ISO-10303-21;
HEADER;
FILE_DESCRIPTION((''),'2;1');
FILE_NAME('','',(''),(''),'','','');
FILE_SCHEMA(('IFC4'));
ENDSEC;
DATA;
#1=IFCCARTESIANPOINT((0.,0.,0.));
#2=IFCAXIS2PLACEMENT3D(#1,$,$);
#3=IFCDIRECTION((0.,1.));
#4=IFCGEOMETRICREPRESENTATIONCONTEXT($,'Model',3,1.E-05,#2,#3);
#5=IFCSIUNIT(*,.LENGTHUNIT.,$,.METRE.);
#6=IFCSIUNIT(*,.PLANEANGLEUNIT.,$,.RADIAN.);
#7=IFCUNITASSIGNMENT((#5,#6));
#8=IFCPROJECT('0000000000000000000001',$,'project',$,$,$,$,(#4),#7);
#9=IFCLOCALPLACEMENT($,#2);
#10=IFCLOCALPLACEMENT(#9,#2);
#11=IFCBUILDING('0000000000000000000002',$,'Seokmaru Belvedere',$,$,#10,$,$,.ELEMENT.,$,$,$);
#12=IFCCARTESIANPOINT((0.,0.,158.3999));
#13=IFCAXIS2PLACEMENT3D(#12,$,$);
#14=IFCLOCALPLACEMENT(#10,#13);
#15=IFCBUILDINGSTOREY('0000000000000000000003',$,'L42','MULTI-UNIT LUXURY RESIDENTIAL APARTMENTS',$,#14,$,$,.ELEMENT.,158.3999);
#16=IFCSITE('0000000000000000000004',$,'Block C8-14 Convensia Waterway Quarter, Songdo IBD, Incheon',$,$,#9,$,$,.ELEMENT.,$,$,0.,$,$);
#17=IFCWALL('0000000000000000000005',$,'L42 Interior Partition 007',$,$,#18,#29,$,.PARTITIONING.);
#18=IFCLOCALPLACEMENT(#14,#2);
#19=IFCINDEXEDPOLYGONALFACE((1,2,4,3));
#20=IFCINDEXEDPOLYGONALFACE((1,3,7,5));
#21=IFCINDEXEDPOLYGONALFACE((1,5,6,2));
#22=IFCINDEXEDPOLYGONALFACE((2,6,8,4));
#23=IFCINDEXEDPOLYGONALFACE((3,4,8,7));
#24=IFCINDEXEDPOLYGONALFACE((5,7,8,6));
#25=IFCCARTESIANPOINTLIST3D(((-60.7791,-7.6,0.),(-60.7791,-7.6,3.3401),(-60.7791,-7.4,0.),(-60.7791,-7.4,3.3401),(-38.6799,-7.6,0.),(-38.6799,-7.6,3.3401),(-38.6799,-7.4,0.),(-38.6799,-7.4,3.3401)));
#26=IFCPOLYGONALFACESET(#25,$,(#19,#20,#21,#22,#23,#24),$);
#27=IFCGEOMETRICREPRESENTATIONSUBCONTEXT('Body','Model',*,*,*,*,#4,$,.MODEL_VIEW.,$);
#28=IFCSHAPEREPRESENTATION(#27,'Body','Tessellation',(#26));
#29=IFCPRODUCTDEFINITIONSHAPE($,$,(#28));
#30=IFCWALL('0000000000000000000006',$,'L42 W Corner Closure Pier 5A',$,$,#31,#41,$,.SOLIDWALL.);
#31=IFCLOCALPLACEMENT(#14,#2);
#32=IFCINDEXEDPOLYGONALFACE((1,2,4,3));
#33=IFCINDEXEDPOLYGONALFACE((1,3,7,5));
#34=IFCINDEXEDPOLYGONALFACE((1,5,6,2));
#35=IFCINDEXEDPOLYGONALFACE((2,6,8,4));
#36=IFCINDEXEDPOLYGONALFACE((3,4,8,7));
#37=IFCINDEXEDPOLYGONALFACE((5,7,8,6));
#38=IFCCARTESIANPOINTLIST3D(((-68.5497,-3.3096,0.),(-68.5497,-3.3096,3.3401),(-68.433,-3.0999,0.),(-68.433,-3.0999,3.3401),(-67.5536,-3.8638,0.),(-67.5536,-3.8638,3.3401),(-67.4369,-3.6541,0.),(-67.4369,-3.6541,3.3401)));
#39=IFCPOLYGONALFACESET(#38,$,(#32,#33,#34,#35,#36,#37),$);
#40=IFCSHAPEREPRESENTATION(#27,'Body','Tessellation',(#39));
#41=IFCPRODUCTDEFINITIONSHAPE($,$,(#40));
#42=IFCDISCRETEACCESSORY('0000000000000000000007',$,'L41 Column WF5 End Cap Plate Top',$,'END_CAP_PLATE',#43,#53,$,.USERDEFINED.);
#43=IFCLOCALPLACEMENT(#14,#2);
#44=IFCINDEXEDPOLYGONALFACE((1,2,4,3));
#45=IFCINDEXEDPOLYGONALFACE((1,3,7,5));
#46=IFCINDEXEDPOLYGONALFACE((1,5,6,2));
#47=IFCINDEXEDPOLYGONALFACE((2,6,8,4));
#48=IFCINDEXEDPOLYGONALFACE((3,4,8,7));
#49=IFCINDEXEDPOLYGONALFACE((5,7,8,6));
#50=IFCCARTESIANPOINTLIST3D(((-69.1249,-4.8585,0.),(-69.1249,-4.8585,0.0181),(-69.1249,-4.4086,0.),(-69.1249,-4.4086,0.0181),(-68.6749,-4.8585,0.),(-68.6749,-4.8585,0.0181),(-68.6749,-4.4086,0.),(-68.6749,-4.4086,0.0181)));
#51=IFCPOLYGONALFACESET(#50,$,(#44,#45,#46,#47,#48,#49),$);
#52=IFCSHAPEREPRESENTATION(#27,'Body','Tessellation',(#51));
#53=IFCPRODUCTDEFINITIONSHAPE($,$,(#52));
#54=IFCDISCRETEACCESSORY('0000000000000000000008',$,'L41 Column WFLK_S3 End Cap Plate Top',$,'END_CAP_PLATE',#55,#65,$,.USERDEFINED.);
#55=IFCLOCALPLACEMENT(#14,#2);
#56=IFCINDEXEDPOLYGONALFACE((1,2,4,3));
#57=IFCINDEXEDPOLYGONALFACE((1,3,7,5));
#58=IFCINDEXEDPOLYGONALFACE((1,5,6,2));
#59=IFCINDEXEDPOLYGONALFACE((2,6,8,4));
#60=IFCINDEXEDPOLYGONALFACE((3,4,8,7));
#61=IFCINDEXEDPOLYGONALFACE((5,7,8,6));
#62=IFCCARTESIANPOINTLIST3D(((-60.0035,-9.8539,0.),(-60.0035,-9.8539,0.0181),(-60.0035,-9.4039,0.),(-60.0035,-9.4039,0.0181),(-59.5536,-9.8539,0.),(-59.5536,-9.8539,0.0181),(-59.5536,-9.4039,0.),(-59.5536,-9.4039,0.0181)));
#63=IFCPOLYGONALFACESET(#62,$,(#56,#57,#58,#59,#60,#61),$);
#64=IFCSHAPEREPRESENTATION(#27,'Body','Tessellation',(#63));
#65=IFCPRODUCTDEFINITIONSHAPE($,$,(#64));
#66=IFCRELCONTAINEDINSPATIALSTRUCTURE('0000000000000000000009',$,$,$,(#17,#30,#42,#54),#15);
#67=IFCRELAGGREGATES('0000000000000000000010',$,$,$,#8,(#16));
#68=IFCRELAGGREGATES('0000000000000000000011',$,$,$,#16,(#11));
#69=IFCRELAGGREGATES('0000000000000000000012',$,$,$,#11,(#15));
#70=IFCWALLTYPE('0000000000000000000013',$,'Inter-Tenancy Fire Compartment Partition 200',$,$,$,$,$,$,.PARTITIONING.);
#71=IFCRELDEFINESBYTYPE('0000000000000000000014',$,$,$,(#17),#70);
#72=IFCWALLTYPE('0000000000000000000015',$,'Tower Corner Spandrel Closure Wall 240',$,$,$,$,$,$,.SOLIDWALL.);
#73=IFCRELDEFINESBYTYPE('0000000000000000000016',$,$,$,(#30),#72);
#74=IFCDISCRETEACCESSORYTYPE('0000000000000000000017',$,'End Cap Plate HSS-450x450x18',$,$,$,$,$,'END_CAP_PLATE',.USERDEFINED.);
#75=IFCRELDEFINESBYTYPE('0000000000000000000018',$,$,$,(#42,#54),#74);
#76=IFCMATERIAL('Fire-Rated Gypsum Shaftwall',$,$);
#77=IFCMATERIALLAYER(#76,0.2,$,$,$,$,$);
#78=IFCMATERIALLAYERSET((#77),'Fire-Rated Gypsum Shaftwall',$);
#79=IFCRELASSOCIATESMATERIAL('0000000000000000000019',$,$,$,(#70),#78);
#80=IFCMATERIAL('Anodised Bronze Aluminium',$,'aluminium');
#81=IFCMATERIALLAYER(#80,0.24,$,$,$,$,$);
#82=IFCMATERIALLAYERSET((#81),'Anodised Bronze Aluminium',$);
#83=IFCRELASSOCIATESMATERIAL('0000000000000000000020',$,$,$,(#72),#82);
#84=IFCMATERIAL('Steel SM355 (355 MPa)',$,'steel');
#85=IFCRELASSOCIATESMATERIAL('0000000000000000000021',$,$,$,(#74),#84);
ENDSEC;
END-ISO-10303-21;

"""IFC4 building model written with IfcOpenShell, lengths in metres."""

from ifc_helpers import new_model, si_unit, direction, frame, frame_2d, origin, origin_2d, place, context, subcontext, project, spatial, rectangle, extrude, source, transform, mapped, material, layer, layer_set, type_object, type_shapes, element, save


model = new_model("IFC4")

# Units and contexts
model_context = context("Model", 3, precision=1e-05, world=origin(), true_north=direction((0.0, 1.0)))
body_context = subcontext(model_context, "Body", "Model", "MODEL_VIEW")
ifc_project = project(units=[si_unit("LENGTHUNIT", "METRE"), si_unit("PLANEANGLEUNIT", "RADIAN")], contexts=[model_context])

# Site, building, storey
site_placement = place(None, origin())
site = spatial("IfcSite", under=ifc_project, at=site_placement, Name="Block C8-14 Convensia Waterway Quarter, Songdo IBD, Incheon", CompositionType="ELEMENT", RefElevation=0.0)
building_placement = place(site_placement, origin())
building = spatial("IfcBuilding", under=site, at=building_placement, Name="Seokmaru Belvedere", CompositionType="ELEMENT")
storey_placement = place(building_placement, frame((0.0, 0.0, 158.3999)))
storey = spatial("IfcBuildingStorey", under=building, at=storey_placement, Name="L42", Description="MULTI-UNIT LUXURY RESIDENTIAL APARTMENTS", CompositionType="ELEMENT", Elevation=158.3999)

# Shared definitions
ifc_material_1 = material(Name="Steel SM355 (355 MPa)", Category="steel")

# Shared definitions
ifc_material_2 = material(Name="Anodised Bronze Aluminium", Category="aluminium")

# Shared definitions
ifc_material_3 = material(Name="Fire-Rated Gypsum Shaftwall")

# Walls
ifc_layer_1 = layer(ifc_material_3, 0.2)
ifc_layer_set_1 = layer_set([ifc_layer_1], Name="Fire-Rated Gypsum Shaftwall")
wall_type_1 = type_object("IfcWallType", Name="Inter-Tenancy Fire Compartment Partition 200", PredefinedType="PARTITIONING", material=ifc_layer_set_1)
wall_1_placement = place(storey_placement, frame((-60.7791, -7.5, 0.0), z_axis=(0.0, 0.0, 1.0), x_axis=(1.0, 0.0, 0.0)))
element("IfcWall", 1, at=wall_1_placement, inside=storey, type_object=wall_type_1, Name="L42 Interior Partition 007", PredefinedType="PARTITIONING", context=body_context, shape_type="SweptSolid", body=[
    extrude(rectangle(XDim=22.0991, YDim=0.2, at=frame_2d((11.0496, 0.0))), origin(), (0.0, 0.0, 1.0), 3.3401),
])
ifc_layer_2 = layer(ifc_material_2, 0.24)
ifc_layer_set_2 = layer_set([ifc_layer_2], Name="Anodised Bronze Aluminium")
wall_type_2 = type_object("IfcWallType", Name="Tower Corner Spandrel Closure Wall 240", PredefinedType="SOLIDWALL", material=ifc_layer_set_2)
wall_2_placement = place(storey_placement, frame((-68.4912, -3.2048, 0.0), z_axis=(0.0, 0.0, 1.0), x_axis=(0.873854, -0.486188, 0.0)))
element("IfcWall", 2, at=wall_2_placement, inside=storey, type_object=wall_type_2, Name="L42 W Corner Closure Pier 5A", PredefinedType="SOLIDWALL", context=body_context, shape_type="SweptSolid", body=[
    extrude(rectangle(XDim=1.1399, YDim=0.24, at=frame_2d((0.5698, 0.0))), origin(), (0.0, 0.0, 1.0), 3.3401),
])

# Discrete accessories
discrete_accessory_type = type_object("IfcDiscreteAccessoryType", Name="End Cap Plate HSS-450x450x18", ElementType="END_CAP_PLATE", PredefinedType="USERDEFINED", material=ifc_material_1)
shared_shape_1 = source(origin(), body_context, "Body", "SweptSolid", [
    extrude(rectangle(XDim=0.45, YDim=0.45, at=origin_2d()), origin(), (0.0, 0.0, 1.0), 0.0181),
])
type_shapes(discrete_accessory_type, [shared_shape_1])
for number, where, z_axis, x_axis, name in (
    (3, (-68.8999, -4.6335, 0.0), (0.0, 0.0, 1.0), (1.0, 0.0, 0.0), "L41 Column WF5 End Cap Plate Top"),
    (4, (-59.7786, -9.6289, 0.0), (0.0, 0.0, 1.0), (1.0, 0.0, 0.0), "L41 Column WFLK_S3 End Cap Plate Top"),
):
    element("IfcDiscreteAccessory", number, at=place(storey_placement, frame(where, z_axis=z_axis, x_axis=x_axis)), inside=storey, type_object=discrete_accessory_type, Name=name, ObjectType="END_CAP_PLATE", PredefinedType="USERDEFINED", context=body_context, shape_type="MappedRepresentation", body=[
        mapped(shared_shape_1, transform((0.0, 0.0, 0.0), scale=1.0)),
    ])

save(model, "model.ifc")
